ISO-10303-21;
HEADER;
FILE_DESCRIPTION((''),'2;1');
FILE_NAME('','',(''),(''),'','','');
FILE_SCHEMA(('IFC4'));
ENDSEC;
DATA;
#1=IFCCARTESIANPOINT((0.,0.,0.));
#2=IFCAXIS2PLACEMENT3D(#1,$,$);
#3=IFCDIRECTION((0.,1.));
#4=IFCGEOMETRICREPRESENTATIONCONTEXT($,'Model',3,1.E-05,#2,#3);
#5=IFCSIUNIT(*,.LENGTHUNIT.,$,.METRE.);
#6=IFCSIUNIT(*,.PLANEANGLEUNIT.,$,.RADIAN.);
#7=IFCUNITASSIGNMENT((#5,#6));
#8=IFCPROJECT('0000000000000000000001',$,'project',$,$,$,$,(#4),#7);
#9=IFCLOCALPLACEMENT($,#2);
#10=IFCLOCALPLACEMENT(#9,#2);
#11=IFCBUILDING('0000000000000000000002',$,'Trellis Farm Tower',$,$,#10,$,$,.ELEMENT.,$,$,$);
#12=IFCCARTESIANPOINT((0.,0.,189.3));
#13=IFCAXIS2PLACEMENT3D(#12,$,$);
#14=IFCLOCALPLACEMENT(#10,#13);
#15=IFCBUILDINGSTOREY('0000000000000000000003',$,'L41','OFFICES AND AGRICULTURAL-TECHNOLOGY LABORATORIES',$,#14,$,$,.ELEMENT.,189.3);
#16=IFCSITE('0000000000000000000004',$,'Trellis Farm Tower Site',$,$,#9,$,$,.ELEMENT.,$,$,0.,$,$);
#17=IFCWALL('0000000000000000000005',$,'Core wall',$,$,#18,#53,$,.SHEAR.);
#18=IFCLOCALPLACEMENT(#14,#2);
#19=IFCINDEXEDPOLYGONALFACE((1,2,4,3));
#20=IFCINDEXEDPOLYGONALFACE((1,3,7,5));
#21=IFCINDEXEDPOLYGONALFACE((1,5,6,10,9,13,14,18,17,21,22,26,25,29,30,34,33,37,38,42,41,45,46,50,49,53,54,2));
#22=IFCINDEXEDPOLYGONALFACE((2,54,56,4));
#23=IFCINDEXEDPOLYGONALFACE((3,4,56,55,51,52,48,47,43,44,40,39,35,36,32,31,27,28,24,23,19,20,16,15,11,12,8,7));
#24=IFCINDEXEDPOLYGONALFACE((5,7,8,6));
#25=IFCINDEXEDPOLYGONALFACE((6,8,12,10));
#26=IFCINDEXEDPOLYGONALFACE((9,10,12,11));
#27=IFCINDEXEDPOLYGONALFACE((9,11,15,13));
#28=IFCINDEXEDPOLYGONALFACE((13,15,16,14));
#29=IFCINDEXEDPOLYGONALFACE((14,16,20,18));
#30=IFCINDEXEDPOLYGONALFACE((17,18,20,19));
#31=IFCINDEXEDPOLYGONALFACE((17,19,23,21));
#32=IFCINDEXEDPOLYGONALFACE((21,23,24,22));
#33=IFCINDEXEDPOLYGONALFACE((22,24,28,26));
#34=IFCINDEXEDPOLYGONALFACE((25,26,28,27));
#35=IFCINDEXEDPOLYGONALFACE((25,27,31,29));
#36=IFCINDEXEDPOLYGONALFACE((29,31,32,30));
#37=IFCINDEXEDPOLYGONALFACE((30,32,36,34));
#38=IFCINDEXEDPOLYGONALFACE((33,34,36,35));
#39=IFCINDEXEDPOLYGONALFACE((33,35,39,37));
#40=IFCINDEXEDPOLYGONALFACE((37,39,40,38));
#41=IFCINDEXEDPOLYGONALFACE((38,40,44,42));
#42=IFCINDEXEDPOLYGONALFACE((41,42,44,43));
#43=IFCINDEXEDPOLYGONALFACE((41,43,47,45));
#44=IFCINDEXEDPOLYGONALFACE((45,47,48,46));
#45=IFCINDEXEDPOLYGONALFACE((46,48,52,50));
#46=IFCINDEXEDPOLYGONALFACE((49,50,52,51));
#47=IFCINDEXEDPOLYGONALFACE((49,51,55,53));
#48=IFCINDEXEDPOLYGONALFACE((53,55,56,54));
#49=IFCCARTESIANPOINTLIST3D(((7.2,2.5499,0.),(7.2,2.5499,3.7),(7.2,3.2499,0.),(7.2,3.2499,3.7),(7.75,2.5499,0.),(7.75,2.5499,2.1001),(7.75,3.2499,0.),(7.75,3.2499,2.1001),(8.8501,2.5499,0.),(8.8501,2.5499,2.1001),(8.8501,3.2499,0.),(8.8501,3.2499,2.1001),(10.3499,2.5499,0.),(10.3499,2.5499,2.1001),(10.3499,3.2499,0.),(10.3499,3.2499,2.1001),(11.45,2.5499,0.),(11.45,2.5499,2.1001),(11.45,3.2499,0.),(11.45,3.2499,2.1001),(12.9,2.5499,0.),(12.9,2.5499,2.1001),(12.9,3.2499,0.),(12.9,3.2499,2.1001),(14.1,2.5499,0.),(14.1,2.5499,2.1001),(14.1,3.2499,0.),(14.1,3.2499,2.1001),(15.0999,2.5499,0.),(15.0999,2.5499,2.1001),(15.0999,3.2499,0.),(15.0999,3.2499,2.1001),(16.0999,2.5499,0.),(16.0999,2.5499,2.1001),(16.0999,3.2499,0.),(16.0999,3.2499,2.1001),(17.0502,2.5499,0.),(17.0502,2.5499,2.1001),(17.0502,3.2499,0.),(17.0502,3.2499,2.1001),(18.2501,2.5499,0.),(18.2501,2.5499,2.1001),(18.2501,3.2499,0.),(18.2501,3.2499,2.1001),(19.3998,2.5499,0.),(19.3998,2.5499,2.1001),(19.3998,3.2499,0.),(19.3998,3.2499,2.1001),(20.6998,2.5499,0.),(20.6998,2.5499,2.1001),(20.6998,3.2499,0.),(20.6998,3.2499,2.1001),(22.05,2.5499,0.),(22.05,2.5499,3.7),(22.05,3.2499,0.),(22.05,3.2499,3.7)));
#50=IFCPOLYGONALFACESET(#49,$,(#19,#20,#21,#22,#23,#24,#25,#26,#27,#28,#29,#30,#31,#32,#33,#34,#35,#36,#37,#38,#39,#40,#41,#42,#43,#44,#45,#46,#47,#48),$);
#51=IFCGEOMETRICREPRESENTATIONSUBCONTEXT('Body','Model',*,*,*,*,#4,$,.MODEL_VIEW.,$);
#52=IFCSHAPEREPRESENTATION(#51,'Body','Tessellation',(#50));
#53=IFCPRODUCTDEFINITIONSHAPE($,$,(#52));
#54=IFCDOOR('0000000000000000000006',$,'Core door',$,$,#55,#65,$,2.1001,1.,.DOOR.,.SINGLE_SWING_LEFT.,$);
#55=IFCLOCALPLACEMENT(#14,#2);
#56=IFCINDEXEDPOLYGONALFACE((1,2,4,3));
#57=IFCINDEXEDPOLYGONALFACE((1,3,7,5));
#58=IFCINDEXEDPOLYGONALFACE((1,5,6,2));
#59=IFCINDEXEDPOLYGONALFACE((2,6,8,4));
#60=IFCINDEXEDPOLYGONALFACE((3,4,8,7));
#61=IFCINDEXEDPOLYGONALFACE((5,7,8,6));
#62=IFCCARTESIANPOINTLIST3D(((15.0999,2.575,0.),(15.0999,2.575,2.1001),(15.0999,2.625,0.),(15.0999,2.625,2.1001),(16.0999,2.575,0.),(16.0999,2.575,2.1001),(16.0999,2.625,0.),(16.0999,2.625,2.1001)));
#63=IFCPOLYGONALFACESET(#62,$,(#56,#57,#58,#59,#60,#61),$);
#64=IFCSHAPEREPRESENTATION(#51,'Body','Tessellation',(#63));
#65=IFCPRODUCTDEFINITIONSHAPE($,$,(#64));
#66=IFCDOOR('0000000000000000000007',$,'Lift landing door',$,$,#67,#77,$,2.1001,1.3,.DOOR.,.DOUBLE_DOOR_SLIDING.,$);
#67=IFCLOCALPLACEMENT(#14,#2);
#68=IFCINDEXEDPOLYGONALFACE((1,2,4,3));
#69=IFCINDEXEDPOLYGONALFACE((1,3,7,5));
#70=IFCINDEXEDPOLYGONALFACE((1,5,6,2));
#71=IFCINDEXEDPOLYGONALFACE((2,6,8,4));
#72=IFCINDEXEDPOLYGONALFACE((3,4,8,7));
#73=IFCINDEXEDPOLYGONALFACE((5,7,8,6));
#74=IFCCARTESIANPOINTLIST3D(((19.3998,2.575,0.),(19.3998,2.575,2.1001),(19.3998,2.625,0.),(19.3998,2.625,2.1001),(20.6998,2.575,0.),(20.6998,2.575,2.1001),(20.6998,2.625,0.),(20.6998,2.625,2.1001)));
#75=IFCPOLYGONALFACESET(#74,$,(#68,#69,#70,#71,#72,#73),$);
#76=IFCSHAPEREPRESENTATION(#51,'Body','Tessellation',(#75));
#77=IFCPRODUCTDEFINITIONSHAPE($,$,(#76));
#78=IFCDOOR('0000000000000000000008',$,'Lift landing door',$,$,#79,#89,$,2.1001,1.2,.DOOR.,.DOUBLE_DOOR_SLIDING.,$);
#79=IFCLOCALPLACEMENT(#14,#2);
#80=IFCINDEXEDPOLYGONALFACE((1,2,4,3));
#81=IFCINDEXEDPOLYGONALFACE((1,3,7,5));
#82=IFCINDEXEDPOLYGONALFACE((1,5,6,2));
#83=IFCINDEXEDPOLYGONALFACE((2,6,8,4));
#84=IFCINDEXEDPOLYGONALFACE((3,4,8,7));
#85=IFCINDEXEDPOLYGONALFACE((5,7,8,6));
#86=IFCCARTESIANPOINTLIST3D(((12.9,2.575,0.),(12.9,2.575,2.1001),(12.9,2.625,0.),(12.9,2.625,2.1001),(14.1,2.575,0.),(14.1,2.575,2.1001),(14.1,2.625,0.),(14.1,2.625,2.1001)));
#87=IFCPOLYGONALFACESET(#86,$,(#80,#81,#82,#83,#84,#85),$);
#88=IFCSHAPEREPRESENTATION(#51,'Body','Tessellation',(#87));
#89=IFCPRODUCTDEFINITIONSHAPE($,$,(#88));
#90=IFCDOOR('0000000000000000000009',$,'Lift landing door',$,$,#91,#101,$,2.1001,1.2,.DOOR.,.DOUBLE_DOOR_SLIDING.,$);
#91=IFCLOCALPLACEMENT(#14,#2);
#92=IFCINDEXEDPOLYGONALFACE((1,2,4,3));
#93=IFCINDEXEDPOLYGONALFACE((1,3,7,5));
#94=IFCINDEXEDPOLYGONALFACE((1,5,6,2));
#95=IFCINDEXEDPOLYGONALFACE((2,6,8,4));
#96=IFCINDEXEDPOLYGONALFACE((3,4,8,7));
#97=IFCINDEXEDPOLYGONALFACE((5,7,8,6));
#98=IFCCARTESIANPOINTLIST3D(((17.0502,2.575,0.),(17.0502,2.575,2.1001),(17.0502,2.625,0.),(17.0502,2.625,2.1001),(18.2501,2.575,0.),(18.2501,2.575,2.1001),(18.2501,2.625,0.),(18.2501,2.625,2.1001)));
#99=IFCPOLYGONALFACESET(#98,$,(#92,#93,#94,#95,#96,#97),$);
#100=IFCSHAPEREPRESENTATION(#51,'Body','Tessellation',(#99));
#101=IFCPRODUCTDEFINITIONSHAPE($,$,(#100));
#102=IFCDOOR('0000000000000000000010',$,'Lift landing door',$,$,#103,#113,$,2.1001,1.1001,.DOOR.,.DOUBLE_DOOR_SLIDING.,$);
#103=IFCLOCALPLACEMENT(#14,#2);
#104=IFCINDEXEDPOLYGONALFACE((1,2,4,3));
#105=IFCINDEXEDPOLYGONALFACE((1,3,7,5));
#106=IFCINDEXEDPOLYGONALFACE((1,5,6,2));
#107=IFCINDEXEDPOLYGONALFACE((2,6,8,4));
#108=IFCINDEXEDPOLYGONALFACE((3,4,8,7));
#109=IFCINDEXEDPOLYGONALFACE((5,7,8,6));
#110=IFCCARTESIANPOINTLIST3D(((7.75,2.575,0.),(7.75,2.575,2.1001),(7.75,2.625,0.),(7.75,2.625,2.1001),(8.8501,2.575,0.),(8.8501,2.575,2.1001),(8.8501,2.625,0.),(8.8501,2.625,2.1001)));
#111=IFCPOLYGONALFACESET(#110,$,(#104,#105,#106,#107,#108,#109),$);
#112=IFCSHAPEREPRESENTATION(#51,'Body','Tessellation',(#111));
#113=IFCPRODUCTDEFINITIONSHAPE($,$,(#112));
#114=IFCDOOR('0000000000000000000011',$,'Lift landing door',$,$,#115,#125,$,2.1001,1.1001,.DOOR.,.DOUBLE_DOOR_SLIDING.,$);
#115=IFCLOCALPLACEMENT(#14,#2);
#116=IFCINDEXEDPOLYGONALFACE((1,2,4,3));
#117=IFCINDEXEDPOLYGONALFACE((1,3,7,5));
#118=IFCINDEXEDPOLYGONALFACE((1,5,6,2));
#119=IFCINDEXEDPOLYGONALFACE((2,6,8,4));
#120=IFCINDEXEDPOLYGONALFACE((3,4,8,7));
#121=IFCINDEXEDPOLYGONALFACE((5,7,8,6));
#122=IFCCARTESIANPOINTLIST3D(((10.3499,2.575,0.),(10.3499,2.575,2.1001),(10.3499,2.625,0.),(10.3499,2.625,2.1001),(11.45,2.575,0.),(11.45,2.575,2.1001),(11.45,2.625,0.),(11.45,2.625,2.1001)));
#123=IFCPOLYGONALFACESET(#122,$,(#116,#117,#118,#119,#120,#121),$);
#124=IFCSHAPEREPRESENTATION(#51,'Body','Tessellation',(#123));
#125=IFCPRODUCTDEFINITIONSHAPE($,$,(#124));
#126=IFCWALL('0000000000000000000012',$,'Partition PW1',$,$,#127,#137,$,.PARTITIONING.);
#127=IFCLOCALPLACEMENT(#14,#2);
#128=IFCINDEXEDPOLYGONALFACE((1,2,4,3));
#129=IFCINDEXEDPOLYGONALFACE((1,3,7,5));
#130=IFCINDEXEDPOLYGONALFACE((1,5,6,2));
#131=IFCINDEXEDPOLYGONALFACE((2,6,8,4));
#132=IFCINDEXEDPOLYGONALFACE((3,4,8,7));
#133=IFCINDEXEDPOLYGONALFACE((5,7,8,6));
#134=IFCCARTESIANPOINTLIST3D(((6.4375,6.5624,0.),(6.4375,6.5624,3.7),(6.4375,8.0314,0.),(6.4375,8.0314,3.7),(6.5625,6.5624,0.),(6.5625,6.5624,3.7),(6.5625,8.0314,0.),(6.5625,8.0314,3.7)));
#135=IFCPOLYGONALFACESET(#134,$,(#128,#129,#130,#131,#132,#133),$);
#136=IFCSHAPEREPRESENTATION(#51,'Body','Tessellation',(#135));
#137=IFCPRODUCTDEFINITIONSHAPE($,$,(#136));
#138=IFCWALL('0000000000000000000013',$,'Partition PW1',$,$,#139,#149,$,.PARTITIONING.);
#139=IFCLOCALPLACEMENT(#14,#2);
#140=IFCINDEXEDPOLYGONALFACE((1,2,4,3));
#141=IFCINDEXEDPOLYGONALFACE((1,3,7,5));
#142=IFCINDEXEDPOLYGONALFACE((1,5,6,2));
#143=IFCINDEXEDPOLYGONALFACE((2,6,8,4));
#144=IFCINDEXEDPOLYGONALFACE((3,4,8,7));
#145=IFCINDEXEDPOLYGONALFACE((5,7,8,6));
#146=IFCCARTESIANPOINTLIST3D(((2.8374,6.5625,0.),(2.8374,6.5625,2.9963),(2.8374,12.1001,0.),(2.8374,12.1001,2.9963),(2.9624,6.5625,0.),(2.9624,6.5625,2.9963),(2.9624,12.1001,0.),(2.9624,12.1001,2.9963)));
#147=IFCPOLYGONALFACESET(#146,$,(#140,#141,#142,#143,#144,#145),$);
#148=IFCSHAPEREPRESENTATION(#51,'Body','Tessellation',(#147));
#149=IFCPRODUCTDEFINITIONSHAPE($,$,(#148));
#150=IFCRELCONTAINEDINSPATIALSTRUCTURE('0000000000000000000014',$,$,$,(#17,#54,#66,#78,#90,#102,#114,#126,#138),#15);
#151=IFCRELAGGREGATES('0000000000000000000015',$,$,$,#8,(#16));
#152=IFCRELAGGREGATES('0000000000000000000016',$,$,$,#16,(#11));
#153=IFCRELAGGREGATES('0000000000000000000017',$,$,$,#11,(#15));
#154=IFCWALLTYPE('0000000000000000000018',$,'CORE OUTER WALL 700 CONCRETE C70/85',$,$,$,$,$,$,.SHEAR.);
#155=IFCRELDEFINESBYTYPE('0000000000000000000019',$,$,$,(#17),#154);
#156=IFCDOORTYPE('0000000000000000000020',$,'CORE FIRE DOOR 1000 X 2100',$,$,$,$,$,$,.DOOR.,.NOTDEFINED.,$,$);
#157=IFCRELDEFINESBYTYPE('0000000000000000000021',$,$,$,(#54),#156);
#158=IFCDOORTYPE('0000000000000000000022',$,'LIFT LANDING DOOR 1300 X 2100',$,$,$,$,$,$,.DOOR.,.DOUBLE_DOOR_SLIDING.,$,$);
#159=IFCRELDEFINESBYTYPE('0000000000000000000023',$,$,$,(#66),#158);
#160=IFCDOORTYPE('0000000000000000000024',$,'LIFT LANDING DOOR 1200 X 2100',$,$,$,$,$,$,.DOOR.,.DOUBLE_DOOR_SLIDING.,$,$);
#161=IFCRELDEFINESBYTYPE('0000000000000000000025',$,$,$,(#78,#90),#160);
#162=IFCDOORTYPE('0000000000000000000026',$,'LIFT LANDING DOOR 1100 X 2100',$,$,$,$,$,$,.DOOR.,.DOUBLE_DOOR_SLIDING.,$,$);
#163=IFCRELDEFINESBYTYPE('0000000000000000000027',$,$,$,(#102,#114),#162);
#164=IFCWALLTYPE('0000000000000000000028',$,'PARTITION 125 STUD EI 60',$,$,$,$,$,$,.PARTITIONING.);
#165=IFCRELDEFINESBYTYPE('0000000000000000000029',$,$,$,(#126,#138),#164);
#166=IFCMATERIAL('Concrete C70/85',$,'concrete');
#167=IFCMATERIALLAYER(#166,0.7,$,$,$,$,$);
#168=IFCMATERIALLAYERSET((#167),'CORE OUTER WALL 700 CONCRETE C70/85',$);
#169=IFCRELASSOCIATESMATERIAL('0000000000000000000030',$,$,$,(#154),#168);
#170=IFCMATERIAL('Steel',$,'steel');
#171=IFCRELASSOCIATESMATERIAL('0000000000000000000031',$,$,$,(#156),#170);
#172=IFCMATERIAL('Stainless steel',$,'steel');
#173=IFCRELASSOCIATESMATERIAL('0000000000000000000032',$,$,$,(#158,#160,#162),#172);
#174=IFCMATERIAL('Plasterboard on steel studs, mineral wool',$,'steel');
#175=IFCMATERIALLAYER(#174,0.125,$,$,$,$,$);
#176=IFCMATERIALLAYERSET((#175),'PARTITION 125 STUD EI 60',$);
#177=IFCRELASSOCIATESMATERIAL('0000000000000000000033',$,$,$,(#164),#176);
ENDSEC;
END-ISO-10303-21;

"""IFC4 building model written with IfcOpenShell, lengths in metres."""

from ifc_helpers import new_model, si_unit, direction, frame, frame_2d, origin, place, context, subcontext, project, spatial, rectangle, extrude, source, transform, mapped, material, layer, layer_set, type_object, element, fill, save


model = new_model("IFC4")

# Units and contexts
model_context = context("Model", 3, precision=1e-05, world=origin(), true_north=direction((0.0, 1.0)))
body_context = subcontext(model_context, "Body", "Model", "MODEL_VIEW")
ifc_project = project(units=[si_unit("LENGTHUNIT", "METRE"), si_unit("PLANEANGLEUNIT", "RADIAN")], contexts=[model_context])

# Site, building, storey
site_placement = place(None, origin())
site = spatial("IfcSite", under=ifc_project, at=site_placement, Name="Trellis Farm Tower Site", CompositionType="ELEMENT", RefElevation=0.0)
building_placement = place(site_placement, origin())
building = spatial("IfcBuilding", under=site, at=building_placement, Name="Trellis Farm Tower", CompositionType="ELEMENT")
storey_placement = place(building_placement, frame((0.0, 0.0, 189.3)))
storey = spatial("IfcBuildingStorey", under=building, at=storey_placement, Name="L41", Description="OFFICES AND AGRICULTURAL-TECHNOLOGY LABORATORIES", CompositionType="ELEMENT", Elevation=189.3)

# Shared definitions
ifc_material_1 = material(Name="Concrete C70/85", Category="concrete")

# Wall, openings, doors
ifc_layer_1 = layer(ifc_material_1, 0.7)
ifc_layer_set_1 = layer_set([ifc_layer_1], Name="CORE OUTER WALL 700 CONCRETE C70/85")
wall_type_1 = type_object("IfcWallType", Name="CORE OUTER WALL 700 CONCRETE C70/85", PredefinedType="SHEAR", material=ifc_layer_set_1)
shared_shape_1 = source(origin(), body_context, "Body", "SweptSolid", [
    extrude(rectangle(XDim=14.8501, YDim=0.7, at=frame_2d((7.425, 0.0))), origin(), (0.0, 0.0, 1.0), 3.7),
])
wall_1_placement = place(storey_placement, frame((7.2, 2.8999, 0.0), z_axis=(0.0, 0.0, 1.0), x_axis=(1.0, 0.0, 0.0)))
wall_1 = element("IfcWall", 1, at=wall_1_placement, inside=storey, type_object=wall_type_1, Name="Core wall", PredefinedType="SHEAR", context=body_context, shape_type="MappedRepresentation", body=[
    mapped(shared_shape_1, transform((0.0, 0.0, 0.0))),
])
shared_shape_2 = source(origin(), body_context, "Body", "SweptSolid", [
    extrude(rectangle(XDim=1.1001, YDim=2.1001, at=frame_2d((0.55, 1.05))), frame((0.0, 0.3601, 0.0), z_axis=(0.0, -1.0, 0.0), x_axis=(1.0, 0.0, 0.0)), (0.0, 0.0, 1.0), 0.7202),
])
opening_1_placement = place(wall_1_placement, frame((0.55, 0.0, 0.0)))
opening_1 = element("IfcOpeningElement", 2, at=opening_1_placement, cuts=wall_1, PredefinedType="OPENING", context=body_context, shape_type="MappedRepresentation", body=[
    mapped(shared_shape_2, transform((0.0, 0.0, 0.0))),
])
opening_2_placement = place(wall_1_placement, frame((3.1499, 0.0, 0.0)))
opening_2 = element("IfcOpeningElement", 3, at=opening_2_placement, cuts=wall_1, PredefinedType="OPENING", context=body_context, shape_type="MappedRepresentation", body=[
    mapped(shared_shape_2, transform((0.0, 0.0, 0.0))),
])
shared_shape_3 = source(origin(), body_context, "Body", "SweptSolid", [
    extrude(rectangle(XDim=1.2, YDim=2.1001, at=frame_2d((0.6001, 1.05))), frame((0.0, 0.3601, 0.0), z_axis=(0.0, -1.0, 0.0), x_axis=(1.0, 0.0, 0.0)), (0.0, 0.0, 1.0), 0.7202),
])
opening_3_placement = place(wall_1_placement, frame((5.7, 0.0, 0.0)))
opening_3 = element("IfcOpeningElement", 4, at=opening_3_placement, cuts=wall_1, PredefinedType="OPENING", context=body_context, shape_type="MappedRepresentation", body=[
    mapped(shared_shape_3, transform((0.0, 0.0, 0.0))),
])
shared_shape_4 = source(origin(), body_context, "Body", "SweptSolid", [
    extrude(rectangle(XDim=1.3, YDim=2.1001, at=frame_2d((0.6499, 1.05))), frame((0.0, 0.3601, 0.0), z_axis=(0.0, -1.0, 0.0), x_axis=(1.0, 0.0, 0.0)), (0.0, 0.0, 1.0), 0.7202),
])
opening_4_placement = place(wall_1_placement, frame((12.2, 0.0, 0.0)))
opening_4 = element("IfcOpeningElement", 5, at=opening_4_placement, cuts=wall_1, PredefinedType="OPENING", context=body_context, shape_type="MappedRepresentation", body=[
    mapped(shared_shape_4, transform((0.0, 0.0, 0.0))),
])
opening_5_placement = place(wall_1_placement, frame((9.8501, 0.0, 0.0)))
opening_5 = element("IfcOpeningElement", 6, at=opening_5_placement, cuts=wall_1, PredefinedType="OPENING", context=body_context, shape_type="MappedRepresentation", body=[
    mapped(shared_shape_3, transform((0.0, 0.0, 0.0))),
])
shared_shape_5 = source(origin(), body_context, "Body", "SweptSolid", [
    extrude(rectangle(XDim=1.0, YDim=2.1001, at=frame_2d((0.5, 1.05))), frame((0.0, 0.3601, 0.0), z_axis=(0.0, -1.0, 0.0), x_axis=(1.0, 0.0, 0.0)), (0.0, 0.0, 1.0), 0.7202),
])
opening_6_placement = place(wall_1_placement, frame((7.8999, 0.0, 0.0)))
opening_6 = element("IfcOpeningElement", 7, at=opening_6_placement, cuts=wall_1, PredefinedType="OPENING", context=body_context, shape_type="MappedRepresentation", body=[
    mapped(shared_shape_5, transform((0.0, 0.0, 0.0))),
])
ifc_material_2 = material(Name="Steel", Category="steel")
door_type_1 = type_object("IfcDoorType", Name="CORE FIRE DOOR 1000 X 2100", OperationType="NOTDEFINED", PredefinedType="DOOR", material=ifc_material_2)
shared_shape_6 = source(origin(), body_context, "Body", "SweptSolid", [
    extrude(rectangle(XDim=1.0, YDim=2.1001, at=frame_2d((0.5, 1.05))), frame((0.0, -0.2749, 0.0), z_axis=(0.0, -1.0, 0.0), x_axis=(1.0, 0.0, 0.0)), (0.0, 0.0, 1.0), 0.05),
])
door_1_placement = place(opening_6_placement, origin())
door_1 = element("IfcDoor", 8, at=door_1_placement, inside=storey, type_object=door_type_1, Name="Core door", OperationType="SINGLE_SWING_LEFT", OverallHeight=2.1001, OverallWidth=1.0, PredefinedType="DOOR", context=body_context, shape_type="MappedRepresentation", body=[
    mapped(shared_shape_6, transform((0.0, 0.0, 0.0))),
])
fill(opening_6, door_1)
ifc_material_3 = material(Name="Stainless steel", Category="steel")
door_type_2 = type_object("IfcDoorType", Name="LIFT LANDING DOOR 1300 X 2100", OperationType="DOUBLE_DOOR_SLIDING", PredefinedType="DOOR", material=ifc_material_3)
shared_shape_7 = source(origin(), body_context, "Body", "SweptSolid", [
    extrude(rectangle(XDim=1.3, YDim=2.1001, at=frame_2d((0.6499, 1.05))), frame((0.0, -0.2749, 0.0), z_axis=(0.0, -1.0, 0.0), x_axis=(1.0, 0.0, 0.0)), (0.0, 0.0, 1.0), 0.05),
])
door_2_placement = place(opening_4_placement, origin())
door_2 = element("IfcDoor", 9, at=door_2_placement, inside=storey, type_object=door_type_2, Name="Lift landing door", OperationType="DOUBLE_DOOR_SLIDING", OverallHeight=2.1001, OverallWidth=1.3, PredefinedType="DOOR", context=body_context, shape_type="MappedRepresentation", body=[
    mapped(shared_shape_7, transform((0.0, 0.0, 0.0))),
])
fill(opening_4, door_2)
door_type_3 = type_object("IfcDoorType", Name="LIFT LANDING DOOR 1200 X 2100", OperationType="DOUBLE_DOOR_SLIDING", PredefinedType="DOOR", material=ifc_material_3)
shared_shape_8 = source(origin(), body_context, "Body", "SweptSolid", [
    extrude(rectangle(XDim=1.2, YDim=2.1001, at=frame_2d((0.6001, 1.05))), frame((0.0, -0.2749, 0.0), z_axis=(0.0, -1.0, 0.0), x_axis=(1.0, 0.0, 0.0)), (0.0, 0.0, 1.0), 0.05),
])
door_3_placement = place(opening_3_placement, origin())
door_3 = element("IfcDoor", 10, at=door_3_placement, inside=storey, type_object=door_type_3, Name="Lift landing door", OperationType="DOUBLE_DOOR_SLIDING", OverallHeight=2.1001, OverallWidth=1.2, PredefinedType="DOOR", context=body_context, shape_type="MappedRepresentation", body=[
    mapped(shared_shape_8, transform((0.0, 0.0, 0.0))),
])
fill(opening_3, door_3)
door_4_placement = place(opening_5_placement, origin())
door_4 = element("IfcDoor", 11, at=door_4_placement, inside=storey, type_object=door_type_3, Name="Lift landing door", OperationType="DOUBLE_DOOR_SLIDING", OverallHeight=2.1001, OverallWidth=1.2, PredefinedType="DOOR", context=body_context, shape_type="MappedRepresentation", body=[
    mapped(shared_shape_8, transform((0.0, 0.0, 0.0))),
])
fill(opening_5, door_4)
door_type_4 = type_object("IfcDoorType", Name="LIFT LANDING DOOR 1100 X 2100", OperationType="DOUBLE_DOOR_SLIDING", PredefinedType="DOOR", material=ifc_material_3)
shared_shape_9 = source(origin(), body_context, "Body", "SweptSolid", [
    extrude(rectangle(XDim=1.1001, YDim=2.1001, at=frame_2d((0.55, 1.05))), frame((0.0, -0.2749, 0.0), z_axis=(0.0, -1.0, 0.0), x_axis=(1.0, 0.0, 0.0)), (0.0, 0.0, 1.0), 0.05),
])
door_5_placement = place(opening_1_placement, origin())
door_5 = element("IfcDoor", 12, at=door_5_placement, inside=storey, type_object=door_type_4, Name="Lift landing door", OperationType="DOUBLE_DOOR_SLIDING", OverallHeight=2.1001, OverallWidth=1.1001, PredefinedType="DOOR", context=body_context, shape_type="MappedRepresentation", body=[
    mapped(shared_shape_9, transform((0.0, 0.0, 0.0))),
])
fill(opening_1, door_5)
door_6_placement = place(opening_2_placement, origin())
door_6 = element("IfcDoor", 13, at=door_6_placement, inside=storey, type_object=door_type_4, Name="Lift landing door", OperationType="DOUBLE_DOOR_SLIDING", OverallHeight=2.1001, OverallWidth=1.1001, PredefinedType="DOOR", context=body_context, shape_type="MappedRepresentation", body=[
    mapped(shared_shape_9, transform((0.0, 0.0, 0.0))),
])
fill(opening_2, door_6)

# Walls
ifc_material_4 = material(Name="Plasterboard on steel studs, mineral wool", Category="steel")
ifc_layer_2 = layer(ifc_material_4, 0.125)
ifc_layer_set_2 = layer_set([ifc_layer_2], Name="PARTITION 125 STUD EI 60")
wall_type_2 = type_object("IfcWallType", Name="PARTITION 125 STUD EI 60", PredefinedType="PARTITIONING", material=ifc_layer_set_2)
shared_shape_10 = source(origin(), body_context, "Body", "SweptSolid", [
    extrude(rectangle(XDim=1.469, YDim=0.125, at=frame_2d((0.7344, 0.0))), origin(), (0.0, 0.0, 1.0), 3.7),
])
wall_2_placement = place(storey_placement, frame((6.5, 6.5625, 0.0), z_axis=(0.0, 0.0, 1.0), x_axis=(0.0, 1.0, 0.0)))
element("IfcWall", 14, at=wall_2_placement, inside=storey, type_object=wall_type_2, Name="Partition PW1", PredefinedType="PARTITIONING", context=body_context, shape_type="MappedRepresentation", body=[
    mapped(shared_shape_10, transform((0.0, 0.0, 0.0))),
])
shared_shape_11 = source(origin(), body_context, "Body", "SweptSolid", [
    extrude(rectangle(XDim=5.5376, YDim=0.125, at=frame_2d((2.7688, 0.0))), origin(), (0.0, 0.0, 1.0), 2.9963),
])
wall_3_placement = place(storey_placement, frame((2.8999, 12.1001, 0.0), z_axis=(0.0, 0.0, 1.0), x_axis=(0.0, -1.0, 0.0)))
element("IfcWall", 15, at=wall_3_placement, inside=storey, type_object=wall_type_2, Name="Partition PW1", PredefinedType="PARTITIONING", context=body_context, shape_type="MappedRepresentation", body=[
    mapped(shared_shape_11, transform((0.0, 0.0, 0.0))),
])

save(model, "model.ifc")
